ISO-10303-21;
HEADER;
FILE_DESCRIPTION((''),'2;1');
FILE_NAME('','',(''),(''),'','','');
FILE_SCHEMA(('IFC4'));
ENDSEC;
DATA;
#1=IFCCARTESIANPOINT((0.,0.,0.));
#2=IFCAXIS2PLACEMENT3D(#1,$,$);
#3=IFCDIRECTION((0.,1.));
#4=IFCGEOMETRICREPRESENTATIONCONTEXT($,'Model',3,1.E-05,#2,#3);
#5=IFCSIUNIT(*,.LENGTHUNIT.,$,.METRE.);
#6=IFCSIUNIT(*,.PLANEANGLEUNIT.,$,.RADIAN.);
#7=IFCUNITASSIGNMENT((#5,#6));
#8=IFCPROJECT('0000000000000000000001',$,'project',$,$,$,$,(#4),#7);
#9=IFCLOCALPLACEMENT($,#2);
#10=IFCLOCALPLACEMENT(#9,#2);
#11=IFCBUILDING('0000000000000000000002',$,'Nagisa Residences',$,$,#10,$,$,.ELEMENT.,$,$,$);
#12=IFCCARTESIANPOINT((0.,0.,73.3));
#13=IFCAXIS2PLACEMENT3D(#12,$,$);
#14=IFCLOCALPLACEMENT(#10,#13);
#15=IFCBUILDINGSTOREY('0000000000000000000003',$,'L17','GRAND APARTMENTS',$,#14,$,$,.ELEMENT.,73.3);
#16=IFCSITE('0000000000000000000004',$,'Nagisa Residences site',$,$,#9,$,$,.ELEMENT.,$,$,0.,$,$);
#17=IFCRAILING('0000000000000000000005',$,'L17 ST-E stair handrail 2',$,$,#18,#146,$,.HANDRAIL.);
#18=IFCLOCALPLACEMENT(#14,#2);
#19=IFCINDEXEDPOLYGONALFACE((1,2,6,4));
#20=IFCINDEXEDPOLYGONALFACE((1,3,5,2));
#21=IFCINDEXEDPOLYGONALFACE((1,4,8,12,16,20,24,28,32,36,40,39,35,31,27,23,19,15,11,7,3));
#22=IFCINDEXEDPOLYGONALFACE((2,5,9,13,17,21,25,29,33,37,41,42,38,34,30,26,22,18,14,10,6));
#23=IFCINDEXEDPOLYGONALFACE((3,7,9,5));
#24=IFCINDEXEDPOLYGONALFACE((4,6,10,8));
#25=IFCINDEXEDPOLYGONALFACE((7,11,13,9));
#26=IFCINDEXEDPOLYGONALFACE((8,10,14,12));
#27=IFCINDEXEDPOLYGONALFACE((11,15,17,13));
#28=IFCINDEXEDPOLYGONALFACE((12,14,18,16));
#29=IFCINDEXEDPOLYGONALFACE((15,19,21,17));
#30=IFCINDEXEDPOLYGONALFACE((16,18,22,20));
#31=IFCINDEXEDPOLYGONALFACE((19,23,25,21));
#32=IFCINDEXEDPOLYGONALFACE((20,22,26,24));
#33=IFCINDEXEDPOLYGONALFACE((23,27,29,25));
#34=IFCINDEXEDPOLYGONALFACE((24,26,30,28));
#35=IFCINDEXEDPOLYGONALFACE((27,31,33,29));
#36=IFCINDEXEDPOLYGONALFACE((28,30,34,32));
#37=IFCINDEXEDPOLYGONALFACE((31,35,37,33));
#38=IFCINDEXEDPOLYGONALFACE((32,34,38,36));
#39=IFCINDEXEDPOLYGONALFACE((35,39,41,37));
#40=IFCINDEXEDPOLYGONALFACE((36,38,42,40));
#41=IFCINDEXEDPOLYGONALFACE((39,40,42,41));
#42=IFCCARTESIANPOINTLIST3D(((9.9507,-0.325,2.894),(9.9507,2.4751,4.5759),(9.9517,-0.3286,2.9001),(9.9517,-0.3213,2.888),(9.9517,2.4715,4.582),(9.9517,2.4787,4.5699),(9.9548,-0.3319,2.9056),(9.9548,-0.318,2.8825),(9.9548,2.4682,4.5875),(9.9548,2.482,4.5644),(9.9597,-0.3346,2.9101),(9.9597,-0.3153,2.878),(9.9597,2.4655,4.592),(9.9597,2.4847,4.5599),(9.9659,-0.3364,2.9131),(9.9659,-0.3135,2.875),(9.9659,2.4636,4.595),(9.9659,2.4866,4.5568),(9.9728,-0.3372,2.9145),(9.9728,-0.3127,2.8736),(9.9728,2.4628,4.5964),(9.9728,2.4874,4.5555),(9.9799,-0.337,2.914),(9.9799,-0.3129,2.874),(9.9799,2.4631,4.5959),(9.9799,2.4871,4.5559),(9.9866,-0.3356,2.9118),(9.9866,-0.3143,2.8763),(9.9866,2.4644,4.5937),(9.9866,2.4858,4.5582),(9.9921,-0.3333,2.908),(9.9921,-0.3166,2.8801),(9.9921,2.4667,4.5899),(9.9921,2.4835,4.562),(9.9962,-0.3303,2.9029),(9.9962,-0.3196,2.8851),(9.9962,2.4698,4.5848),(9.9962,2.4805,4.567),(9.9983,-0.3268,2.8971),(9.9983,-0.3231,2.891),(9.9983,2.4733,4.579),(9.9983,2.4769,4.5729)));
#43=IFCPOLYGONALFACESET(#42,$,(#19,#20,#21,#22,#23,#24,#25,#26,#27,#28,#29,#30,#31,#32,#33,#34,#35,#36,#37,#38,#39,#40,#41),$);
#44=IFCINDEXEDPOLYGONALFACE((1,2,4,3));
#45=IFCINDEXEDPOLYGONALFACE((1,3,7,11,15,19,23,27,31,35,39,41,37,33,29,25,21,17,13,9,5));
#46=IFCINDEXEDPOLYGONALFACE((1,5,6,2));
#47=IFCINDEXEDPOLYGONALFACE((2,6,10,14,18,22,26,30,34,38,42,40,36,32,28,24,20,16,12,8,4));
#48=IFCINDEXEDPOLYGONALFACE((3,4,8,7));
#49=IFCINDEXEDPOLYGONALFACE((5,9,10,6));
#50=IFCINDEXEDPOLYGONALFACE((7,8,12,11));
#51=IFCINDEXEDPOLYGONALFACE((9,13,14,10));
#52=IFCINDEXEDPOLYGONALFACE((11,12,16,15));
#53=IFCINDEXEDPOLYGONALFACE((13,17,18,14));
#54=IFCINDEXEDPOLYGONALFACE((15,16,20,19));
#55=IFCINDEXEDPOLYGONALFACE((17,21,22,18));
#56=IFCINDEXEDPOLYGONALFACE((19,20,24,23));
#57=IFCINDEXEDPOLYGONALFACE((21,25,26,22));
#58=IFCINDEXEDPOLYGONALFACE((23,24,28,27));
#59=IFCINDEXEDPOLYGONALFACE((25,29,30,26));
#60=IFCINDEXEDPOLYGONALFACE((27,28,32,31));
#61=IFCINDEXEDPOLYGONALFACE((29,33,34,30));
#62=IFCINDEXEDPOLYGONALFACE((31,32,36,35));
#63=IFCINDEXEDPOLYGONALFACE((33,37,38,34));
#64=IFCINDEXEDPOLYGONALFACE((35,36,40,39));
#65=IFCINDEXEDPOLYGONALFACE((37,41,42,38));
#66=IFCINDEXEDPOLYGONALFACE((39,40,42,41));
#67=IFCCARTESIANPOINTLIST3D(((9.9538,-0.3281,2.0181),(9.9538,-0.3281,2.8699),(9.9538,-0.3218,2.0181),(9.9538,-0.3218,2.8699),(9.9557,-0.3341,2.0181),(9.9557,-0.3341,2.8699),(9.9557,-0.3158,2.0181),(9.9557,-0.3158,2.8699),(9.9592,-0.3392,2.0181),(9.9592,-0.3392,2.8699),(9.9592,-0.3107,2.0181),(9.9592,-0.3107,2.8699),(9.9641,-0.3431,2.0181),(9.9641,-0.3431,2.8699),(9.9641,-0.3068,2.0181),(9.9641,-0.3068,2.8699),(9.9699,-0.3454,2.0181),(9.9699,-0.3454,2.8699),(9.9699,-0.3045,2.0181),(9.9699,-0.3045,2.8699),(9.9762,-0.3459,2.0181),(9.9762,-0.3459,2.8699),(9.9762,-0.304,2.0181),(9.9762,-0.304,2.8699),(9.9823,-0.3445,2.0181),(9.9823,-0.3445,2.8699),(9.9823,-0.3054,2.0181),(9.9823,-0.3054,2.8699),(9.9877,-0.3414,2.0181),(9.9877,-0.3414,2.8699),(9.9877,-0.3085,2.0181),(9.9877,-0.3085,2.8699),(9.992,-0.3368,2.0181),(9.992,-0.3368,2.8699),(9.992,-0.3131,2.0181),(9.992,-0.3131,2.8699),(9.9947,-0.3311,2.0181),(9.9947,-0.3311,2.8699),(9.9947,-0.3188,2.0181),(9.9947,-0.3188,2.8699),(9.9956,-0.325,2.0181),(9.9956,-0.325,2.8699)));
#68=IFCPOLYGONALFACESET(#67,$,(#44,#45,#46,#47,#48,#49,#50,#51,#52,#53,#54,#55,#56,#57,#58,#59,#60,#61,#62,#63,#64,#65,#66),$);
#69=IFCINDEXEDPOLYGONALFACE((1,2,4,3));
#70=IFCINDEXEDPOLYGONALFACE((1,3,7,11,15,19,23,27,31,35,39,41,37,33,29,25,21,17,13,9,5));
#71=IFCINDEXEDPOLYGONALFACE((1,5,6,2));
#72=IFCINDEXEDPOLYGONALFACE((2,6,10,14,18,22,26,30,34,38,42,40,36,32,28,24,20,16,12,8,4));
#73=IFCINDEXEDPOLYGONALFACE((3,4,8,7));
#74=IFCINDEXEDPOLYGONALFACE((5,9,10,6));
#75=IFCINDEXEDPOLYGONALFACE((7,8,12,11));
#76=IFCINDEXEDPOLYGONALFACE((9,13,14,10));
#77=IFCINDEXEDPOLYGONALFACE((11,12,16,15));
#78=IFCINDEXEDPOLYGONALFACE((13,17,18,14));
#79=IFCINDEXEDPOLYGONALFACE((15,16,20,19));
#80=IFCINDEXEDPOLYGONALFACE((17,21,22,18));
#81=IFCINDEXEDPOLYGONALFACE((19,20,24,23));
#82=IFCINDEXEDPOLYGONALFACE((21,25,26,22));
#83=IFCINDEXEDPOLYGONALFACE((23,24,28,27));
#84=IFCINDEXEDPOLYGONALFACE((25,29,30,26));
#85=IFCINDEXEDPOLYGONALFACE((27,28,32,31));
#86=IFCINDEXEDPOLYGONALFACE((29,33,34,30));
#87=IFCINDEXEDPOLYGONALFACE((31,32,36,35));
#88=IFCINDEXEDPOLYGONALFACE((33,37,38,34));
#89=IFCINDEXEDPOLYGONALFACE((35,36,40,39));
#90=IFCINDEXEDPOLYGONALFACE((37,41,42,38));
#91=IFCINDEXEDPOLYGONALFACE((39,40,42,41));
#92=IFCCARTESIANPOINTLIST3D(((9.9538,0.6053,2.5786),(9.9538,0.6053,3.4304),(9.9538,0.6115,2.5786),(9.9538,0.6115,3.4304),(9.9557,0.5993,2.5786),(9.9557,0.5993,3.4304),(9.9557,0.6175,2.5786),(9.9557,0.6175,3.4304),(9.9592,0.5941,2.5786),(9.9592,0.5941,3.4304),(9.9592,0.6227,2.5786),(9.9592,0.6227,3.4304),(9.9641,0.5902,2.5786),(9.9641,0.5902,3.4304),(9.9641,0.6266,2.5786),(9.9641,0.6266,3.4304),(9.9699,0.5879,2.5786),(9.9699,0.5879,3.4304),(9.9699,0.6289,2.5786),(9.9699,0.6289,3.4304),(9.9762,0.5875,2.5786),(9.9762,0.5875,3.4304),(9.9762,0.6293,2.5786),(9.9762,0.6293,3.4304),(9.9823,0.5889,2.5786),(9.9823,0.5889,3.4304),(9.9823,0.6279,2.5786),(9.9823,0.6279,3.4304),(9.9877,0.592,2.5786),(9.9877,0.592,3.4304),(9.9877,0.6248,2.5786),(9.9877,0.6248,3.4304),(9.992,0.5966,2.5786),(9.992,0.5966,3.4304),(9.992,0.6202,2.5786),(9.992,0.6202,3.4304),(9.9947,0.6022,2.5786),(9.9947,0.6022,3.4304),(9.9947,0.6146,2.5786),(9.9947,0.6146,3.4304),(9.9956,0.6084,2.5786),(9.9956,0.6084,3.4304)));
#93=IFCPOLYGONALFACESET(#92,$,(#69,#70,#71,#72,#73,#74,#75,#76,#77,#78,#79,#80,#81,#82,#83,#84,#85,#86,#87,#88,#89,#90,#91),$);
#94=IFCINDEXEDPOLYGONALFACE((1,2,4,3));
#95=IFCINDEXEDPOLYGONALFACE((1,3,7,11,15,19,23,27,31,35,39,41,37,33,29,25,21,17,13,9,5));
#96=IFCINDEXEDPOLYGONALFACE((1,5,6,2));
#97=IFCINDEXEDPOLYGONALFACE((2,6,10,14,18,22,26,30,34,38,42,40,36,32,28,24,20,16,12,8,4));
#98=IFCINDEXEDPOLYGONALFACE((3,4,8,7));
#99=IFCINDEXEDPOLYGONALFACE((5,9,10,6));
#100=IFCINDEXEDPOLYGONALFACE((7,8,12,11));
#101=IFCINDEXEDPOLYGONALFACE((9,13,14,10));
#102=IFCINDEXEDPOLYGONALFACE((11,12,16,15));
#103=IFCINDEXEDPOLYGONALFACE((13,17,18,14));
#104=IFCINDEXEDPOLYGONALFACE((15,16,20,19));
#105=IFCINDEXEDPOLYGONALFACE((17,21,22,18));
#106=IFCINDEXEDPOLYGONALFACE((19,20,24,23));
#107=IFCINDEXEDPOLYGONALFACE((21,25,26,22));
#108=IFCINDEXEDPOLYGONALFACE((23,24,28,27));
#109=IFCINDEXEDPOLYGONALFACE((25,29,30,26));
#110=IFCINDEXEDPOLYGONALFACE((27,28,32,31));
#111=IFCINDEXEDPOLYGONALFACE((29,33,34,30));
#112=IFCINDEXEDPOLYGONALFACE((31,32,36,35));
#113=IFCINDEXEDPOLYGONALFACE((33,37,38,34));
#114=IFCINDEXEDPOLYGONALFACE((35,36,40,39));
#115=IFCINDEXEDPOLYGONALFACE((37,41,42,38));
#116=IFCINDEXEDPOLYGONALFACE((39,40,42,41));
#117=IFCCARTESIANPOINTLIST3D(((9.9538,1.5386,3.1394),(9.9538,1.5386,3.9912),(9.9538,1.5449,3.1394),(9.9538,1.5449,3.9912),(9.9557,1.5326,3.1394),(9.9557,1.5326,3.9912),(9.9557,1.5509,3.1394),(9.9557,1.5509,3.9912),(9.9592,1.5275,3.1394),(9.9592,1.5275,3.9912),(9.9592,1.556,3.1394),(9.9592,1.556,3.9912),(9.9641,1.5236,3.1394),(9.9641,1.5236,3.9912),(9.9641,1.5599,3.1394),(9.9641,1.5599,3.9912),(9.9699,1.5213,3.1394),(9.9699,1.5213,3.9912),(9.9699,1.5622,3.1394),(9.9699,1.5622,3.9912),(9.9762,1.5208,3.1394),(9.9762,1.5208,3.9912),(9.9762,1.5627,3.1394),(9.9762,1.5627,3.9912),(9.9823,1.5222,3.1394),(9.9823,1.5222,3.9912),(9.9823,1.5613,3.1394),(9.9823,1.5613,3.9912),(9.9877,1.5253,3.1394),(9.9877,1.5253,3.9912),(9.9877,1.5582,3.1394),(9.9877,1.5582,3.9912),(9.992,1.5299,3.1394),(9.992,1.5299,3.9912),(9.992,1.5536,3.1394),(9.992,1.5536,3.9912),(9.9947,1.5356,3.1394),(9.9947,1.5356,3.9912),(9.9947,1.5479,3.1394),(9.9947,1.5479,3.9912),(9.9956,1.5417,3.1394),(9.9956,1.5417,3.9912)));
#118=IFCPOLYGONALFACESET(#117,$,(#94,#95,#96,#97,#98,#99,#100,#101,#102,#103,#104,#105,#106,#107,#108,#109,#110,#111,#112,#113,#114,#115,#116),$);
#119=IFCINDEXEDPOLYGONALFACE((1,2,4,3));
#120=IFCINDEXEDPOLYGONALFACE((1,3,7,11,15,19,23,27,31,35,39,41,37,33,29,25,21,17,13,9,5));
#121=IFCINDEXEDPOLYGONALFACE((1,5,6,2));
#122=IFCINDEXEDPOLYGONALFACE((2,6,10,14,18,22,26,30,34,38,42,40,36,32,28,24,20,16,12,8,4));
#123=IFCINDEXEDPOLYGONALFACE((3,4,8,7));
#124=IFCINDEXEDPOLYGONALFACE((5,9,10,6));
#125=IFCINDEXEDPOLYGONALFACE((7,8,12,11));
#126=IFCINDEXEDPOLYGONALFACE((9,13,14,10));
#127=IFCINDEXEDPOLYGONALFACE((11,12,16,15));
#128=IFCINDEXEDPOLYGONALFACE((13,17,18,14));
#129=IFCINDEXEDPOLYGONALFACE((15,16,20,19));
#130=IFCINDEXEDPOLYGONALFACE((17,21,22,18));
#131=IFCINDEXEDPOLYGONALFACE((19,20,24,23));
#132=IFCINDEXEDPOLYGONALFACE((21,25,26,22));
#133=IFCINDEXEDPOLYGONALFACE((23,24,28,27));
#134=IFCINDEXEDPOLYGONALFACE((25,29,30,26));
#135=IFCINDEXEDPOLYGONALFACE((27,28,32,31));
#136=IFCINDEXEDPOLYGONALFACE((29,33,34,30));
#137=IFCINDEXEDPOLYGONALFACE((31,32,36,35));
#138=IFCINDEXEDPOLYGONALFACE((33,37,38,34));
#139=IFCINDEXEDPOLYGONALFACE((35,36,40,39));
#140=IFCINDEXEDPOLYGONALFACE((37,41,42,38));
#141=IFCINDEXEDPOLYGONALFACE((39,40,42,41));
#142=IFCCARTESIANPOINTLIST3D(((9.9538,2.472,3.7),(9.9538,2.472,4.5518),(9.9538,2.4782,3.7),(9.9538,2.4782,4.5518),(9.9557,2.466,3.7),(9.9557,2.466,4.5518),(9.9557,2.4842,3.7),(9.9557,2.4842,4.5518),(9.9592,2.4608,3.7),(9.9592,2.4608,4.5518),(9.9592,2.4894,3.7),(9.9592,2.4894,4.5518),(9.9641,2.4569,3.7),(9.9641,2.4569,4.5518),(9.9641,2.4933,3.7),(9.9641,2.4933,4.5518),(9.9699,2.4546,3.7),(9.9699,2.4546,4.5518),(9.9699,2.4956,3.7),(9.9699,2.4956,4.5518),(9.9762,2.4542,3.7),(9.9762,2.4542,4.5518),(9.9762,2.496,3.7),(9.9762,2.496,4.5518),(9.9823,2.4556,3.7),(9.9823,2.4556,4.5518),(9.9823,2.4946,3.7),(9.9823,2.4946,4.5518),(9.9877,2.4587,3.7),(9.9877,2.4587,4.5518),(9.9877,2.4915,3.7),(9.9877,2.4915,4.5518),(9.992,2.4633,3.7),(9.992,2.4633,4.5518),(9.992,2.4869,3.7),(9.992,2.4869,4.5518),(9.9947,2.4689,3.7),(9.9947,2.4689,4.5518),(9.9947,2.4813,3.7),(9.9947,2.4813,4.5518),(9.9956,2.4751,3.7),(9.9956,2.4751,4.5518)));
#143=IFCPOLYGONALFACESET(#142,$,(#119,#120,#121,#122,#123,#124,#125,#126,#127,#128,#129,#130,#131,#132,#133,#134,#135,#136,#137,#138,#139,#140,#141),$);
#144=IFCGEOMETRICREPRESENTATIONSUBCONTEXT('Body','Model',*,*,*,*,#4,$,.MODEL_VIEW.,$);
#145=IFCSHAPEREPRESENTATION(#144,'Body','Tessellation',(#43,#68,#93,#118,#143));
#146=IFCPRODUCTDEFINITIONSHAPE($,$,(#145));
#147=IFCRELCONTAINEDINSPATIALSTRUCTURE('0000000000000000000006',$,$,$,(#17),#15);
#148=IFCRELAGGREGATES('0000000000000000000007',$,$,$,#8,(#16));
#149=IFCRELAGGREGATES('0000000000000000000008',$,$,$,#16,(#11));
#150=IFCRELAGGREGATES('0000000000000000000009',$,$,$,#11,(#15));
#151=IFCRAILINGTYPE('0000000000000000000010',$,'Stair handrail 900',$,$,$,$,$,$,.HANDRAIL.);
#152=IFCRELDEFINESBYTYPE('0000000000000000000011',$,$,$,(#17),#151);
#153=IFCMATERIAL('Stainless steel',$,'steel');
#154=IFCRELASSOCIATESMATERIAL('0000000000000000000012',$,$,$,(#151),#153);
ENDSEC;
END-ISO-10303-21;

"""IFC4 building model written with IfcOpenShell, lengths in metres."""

from ifc_helpers import new_model, si_unit, direction, frame, origin, origin_2d, place, context, subcontext, project, spatial, circle, extrude, material, type_object, element, save


model = new_model("IFC4")

# Units and contexts
model_context = context("Model", 3, precision=1e-05, world=origin(), true_north=direction((0.0, 1.0)))
body_context = subcontext(model_context, "Body", "Model", "MODEL_VIEW")
ifc_project = project(units=[si_unit("LENGTHUNIT", "METRE"), si_unit("PLANEANGLEUNIT", "RADIAN")], contexts=[model_context])

# Site, building, storey
site_placement = place(None, origin())
site = spatial("IfcSite", under=ifc_project, at=site_placement, Name="Nagisa Residences site", CompositionType="ELEMENT", RefElevation=0.0)
building_placement = place(site_placement, origin())
building = spatial("IfcBuilding", under=site, at=building_placement, Name="Nagisa Residences", CompositionType="ELEMENT")
storey_placement = place(building_placement, frame((0.0, 0.0, 73.3)))
storey = spatial("IfcBuildingStorey", under=building, at=storey_placement, Name="L17", Description="GRAND APARTMENTS", CompositionType="ELEMENT", Elevation=73.3)

# Railing
ifc_material_1 = material(Name="Stainless steel", Category="steel")
railing_type_1 = type_object("IfcRailingType", Name="Stair handrail 900", PredefinedType="HANDRAIL", material=ifc_material_1)
railing_1_placement = place(storey_placement, frame((9.9746, -0.325, 2.0181)))
element("IfcRailing", 1, at=railing_1_placement, inside=storey, type_object=railing_type_1, Name="L17 ST-E stair handrail 2", PredefinedType="HANDRAIL", context=body_context, shape_type="SweptSolid", body=[
    extrude(circle(Radius=0.0239, at=origin_2d()), frame((0.0, 0.0, 0.876), z_axis=(0.0, 0.857242, 0.514913), x_axis=(-1.0, 0.0, 0.0)), (0.0, 0.0, 1.0), 3.2664),
    extrude(circle(Radius=0.021, at=origin_2d()), origin(), (0.0, 0.0, 1.0), 0.8518),
    extrude(circle(Radius=0.021, at=origin_2d()), frame((0.0, 0.9333, 0.5605)), (0.0, 0.0, 1.0), 0.8518),
    extrude(circle(Radius=0.021, at=origin_2d()), frame((0.0, 1.8667, 1.1213)), (0.0, 0.0, 1.0), 0.8518),
    extrude(circle(Radius=0.021, at=origin_2d()), frame((0.0, 2.8, 1.6819)), (0.0, 0.0, 1.0), 0.8518),
])

save(model, "model.ifc")
